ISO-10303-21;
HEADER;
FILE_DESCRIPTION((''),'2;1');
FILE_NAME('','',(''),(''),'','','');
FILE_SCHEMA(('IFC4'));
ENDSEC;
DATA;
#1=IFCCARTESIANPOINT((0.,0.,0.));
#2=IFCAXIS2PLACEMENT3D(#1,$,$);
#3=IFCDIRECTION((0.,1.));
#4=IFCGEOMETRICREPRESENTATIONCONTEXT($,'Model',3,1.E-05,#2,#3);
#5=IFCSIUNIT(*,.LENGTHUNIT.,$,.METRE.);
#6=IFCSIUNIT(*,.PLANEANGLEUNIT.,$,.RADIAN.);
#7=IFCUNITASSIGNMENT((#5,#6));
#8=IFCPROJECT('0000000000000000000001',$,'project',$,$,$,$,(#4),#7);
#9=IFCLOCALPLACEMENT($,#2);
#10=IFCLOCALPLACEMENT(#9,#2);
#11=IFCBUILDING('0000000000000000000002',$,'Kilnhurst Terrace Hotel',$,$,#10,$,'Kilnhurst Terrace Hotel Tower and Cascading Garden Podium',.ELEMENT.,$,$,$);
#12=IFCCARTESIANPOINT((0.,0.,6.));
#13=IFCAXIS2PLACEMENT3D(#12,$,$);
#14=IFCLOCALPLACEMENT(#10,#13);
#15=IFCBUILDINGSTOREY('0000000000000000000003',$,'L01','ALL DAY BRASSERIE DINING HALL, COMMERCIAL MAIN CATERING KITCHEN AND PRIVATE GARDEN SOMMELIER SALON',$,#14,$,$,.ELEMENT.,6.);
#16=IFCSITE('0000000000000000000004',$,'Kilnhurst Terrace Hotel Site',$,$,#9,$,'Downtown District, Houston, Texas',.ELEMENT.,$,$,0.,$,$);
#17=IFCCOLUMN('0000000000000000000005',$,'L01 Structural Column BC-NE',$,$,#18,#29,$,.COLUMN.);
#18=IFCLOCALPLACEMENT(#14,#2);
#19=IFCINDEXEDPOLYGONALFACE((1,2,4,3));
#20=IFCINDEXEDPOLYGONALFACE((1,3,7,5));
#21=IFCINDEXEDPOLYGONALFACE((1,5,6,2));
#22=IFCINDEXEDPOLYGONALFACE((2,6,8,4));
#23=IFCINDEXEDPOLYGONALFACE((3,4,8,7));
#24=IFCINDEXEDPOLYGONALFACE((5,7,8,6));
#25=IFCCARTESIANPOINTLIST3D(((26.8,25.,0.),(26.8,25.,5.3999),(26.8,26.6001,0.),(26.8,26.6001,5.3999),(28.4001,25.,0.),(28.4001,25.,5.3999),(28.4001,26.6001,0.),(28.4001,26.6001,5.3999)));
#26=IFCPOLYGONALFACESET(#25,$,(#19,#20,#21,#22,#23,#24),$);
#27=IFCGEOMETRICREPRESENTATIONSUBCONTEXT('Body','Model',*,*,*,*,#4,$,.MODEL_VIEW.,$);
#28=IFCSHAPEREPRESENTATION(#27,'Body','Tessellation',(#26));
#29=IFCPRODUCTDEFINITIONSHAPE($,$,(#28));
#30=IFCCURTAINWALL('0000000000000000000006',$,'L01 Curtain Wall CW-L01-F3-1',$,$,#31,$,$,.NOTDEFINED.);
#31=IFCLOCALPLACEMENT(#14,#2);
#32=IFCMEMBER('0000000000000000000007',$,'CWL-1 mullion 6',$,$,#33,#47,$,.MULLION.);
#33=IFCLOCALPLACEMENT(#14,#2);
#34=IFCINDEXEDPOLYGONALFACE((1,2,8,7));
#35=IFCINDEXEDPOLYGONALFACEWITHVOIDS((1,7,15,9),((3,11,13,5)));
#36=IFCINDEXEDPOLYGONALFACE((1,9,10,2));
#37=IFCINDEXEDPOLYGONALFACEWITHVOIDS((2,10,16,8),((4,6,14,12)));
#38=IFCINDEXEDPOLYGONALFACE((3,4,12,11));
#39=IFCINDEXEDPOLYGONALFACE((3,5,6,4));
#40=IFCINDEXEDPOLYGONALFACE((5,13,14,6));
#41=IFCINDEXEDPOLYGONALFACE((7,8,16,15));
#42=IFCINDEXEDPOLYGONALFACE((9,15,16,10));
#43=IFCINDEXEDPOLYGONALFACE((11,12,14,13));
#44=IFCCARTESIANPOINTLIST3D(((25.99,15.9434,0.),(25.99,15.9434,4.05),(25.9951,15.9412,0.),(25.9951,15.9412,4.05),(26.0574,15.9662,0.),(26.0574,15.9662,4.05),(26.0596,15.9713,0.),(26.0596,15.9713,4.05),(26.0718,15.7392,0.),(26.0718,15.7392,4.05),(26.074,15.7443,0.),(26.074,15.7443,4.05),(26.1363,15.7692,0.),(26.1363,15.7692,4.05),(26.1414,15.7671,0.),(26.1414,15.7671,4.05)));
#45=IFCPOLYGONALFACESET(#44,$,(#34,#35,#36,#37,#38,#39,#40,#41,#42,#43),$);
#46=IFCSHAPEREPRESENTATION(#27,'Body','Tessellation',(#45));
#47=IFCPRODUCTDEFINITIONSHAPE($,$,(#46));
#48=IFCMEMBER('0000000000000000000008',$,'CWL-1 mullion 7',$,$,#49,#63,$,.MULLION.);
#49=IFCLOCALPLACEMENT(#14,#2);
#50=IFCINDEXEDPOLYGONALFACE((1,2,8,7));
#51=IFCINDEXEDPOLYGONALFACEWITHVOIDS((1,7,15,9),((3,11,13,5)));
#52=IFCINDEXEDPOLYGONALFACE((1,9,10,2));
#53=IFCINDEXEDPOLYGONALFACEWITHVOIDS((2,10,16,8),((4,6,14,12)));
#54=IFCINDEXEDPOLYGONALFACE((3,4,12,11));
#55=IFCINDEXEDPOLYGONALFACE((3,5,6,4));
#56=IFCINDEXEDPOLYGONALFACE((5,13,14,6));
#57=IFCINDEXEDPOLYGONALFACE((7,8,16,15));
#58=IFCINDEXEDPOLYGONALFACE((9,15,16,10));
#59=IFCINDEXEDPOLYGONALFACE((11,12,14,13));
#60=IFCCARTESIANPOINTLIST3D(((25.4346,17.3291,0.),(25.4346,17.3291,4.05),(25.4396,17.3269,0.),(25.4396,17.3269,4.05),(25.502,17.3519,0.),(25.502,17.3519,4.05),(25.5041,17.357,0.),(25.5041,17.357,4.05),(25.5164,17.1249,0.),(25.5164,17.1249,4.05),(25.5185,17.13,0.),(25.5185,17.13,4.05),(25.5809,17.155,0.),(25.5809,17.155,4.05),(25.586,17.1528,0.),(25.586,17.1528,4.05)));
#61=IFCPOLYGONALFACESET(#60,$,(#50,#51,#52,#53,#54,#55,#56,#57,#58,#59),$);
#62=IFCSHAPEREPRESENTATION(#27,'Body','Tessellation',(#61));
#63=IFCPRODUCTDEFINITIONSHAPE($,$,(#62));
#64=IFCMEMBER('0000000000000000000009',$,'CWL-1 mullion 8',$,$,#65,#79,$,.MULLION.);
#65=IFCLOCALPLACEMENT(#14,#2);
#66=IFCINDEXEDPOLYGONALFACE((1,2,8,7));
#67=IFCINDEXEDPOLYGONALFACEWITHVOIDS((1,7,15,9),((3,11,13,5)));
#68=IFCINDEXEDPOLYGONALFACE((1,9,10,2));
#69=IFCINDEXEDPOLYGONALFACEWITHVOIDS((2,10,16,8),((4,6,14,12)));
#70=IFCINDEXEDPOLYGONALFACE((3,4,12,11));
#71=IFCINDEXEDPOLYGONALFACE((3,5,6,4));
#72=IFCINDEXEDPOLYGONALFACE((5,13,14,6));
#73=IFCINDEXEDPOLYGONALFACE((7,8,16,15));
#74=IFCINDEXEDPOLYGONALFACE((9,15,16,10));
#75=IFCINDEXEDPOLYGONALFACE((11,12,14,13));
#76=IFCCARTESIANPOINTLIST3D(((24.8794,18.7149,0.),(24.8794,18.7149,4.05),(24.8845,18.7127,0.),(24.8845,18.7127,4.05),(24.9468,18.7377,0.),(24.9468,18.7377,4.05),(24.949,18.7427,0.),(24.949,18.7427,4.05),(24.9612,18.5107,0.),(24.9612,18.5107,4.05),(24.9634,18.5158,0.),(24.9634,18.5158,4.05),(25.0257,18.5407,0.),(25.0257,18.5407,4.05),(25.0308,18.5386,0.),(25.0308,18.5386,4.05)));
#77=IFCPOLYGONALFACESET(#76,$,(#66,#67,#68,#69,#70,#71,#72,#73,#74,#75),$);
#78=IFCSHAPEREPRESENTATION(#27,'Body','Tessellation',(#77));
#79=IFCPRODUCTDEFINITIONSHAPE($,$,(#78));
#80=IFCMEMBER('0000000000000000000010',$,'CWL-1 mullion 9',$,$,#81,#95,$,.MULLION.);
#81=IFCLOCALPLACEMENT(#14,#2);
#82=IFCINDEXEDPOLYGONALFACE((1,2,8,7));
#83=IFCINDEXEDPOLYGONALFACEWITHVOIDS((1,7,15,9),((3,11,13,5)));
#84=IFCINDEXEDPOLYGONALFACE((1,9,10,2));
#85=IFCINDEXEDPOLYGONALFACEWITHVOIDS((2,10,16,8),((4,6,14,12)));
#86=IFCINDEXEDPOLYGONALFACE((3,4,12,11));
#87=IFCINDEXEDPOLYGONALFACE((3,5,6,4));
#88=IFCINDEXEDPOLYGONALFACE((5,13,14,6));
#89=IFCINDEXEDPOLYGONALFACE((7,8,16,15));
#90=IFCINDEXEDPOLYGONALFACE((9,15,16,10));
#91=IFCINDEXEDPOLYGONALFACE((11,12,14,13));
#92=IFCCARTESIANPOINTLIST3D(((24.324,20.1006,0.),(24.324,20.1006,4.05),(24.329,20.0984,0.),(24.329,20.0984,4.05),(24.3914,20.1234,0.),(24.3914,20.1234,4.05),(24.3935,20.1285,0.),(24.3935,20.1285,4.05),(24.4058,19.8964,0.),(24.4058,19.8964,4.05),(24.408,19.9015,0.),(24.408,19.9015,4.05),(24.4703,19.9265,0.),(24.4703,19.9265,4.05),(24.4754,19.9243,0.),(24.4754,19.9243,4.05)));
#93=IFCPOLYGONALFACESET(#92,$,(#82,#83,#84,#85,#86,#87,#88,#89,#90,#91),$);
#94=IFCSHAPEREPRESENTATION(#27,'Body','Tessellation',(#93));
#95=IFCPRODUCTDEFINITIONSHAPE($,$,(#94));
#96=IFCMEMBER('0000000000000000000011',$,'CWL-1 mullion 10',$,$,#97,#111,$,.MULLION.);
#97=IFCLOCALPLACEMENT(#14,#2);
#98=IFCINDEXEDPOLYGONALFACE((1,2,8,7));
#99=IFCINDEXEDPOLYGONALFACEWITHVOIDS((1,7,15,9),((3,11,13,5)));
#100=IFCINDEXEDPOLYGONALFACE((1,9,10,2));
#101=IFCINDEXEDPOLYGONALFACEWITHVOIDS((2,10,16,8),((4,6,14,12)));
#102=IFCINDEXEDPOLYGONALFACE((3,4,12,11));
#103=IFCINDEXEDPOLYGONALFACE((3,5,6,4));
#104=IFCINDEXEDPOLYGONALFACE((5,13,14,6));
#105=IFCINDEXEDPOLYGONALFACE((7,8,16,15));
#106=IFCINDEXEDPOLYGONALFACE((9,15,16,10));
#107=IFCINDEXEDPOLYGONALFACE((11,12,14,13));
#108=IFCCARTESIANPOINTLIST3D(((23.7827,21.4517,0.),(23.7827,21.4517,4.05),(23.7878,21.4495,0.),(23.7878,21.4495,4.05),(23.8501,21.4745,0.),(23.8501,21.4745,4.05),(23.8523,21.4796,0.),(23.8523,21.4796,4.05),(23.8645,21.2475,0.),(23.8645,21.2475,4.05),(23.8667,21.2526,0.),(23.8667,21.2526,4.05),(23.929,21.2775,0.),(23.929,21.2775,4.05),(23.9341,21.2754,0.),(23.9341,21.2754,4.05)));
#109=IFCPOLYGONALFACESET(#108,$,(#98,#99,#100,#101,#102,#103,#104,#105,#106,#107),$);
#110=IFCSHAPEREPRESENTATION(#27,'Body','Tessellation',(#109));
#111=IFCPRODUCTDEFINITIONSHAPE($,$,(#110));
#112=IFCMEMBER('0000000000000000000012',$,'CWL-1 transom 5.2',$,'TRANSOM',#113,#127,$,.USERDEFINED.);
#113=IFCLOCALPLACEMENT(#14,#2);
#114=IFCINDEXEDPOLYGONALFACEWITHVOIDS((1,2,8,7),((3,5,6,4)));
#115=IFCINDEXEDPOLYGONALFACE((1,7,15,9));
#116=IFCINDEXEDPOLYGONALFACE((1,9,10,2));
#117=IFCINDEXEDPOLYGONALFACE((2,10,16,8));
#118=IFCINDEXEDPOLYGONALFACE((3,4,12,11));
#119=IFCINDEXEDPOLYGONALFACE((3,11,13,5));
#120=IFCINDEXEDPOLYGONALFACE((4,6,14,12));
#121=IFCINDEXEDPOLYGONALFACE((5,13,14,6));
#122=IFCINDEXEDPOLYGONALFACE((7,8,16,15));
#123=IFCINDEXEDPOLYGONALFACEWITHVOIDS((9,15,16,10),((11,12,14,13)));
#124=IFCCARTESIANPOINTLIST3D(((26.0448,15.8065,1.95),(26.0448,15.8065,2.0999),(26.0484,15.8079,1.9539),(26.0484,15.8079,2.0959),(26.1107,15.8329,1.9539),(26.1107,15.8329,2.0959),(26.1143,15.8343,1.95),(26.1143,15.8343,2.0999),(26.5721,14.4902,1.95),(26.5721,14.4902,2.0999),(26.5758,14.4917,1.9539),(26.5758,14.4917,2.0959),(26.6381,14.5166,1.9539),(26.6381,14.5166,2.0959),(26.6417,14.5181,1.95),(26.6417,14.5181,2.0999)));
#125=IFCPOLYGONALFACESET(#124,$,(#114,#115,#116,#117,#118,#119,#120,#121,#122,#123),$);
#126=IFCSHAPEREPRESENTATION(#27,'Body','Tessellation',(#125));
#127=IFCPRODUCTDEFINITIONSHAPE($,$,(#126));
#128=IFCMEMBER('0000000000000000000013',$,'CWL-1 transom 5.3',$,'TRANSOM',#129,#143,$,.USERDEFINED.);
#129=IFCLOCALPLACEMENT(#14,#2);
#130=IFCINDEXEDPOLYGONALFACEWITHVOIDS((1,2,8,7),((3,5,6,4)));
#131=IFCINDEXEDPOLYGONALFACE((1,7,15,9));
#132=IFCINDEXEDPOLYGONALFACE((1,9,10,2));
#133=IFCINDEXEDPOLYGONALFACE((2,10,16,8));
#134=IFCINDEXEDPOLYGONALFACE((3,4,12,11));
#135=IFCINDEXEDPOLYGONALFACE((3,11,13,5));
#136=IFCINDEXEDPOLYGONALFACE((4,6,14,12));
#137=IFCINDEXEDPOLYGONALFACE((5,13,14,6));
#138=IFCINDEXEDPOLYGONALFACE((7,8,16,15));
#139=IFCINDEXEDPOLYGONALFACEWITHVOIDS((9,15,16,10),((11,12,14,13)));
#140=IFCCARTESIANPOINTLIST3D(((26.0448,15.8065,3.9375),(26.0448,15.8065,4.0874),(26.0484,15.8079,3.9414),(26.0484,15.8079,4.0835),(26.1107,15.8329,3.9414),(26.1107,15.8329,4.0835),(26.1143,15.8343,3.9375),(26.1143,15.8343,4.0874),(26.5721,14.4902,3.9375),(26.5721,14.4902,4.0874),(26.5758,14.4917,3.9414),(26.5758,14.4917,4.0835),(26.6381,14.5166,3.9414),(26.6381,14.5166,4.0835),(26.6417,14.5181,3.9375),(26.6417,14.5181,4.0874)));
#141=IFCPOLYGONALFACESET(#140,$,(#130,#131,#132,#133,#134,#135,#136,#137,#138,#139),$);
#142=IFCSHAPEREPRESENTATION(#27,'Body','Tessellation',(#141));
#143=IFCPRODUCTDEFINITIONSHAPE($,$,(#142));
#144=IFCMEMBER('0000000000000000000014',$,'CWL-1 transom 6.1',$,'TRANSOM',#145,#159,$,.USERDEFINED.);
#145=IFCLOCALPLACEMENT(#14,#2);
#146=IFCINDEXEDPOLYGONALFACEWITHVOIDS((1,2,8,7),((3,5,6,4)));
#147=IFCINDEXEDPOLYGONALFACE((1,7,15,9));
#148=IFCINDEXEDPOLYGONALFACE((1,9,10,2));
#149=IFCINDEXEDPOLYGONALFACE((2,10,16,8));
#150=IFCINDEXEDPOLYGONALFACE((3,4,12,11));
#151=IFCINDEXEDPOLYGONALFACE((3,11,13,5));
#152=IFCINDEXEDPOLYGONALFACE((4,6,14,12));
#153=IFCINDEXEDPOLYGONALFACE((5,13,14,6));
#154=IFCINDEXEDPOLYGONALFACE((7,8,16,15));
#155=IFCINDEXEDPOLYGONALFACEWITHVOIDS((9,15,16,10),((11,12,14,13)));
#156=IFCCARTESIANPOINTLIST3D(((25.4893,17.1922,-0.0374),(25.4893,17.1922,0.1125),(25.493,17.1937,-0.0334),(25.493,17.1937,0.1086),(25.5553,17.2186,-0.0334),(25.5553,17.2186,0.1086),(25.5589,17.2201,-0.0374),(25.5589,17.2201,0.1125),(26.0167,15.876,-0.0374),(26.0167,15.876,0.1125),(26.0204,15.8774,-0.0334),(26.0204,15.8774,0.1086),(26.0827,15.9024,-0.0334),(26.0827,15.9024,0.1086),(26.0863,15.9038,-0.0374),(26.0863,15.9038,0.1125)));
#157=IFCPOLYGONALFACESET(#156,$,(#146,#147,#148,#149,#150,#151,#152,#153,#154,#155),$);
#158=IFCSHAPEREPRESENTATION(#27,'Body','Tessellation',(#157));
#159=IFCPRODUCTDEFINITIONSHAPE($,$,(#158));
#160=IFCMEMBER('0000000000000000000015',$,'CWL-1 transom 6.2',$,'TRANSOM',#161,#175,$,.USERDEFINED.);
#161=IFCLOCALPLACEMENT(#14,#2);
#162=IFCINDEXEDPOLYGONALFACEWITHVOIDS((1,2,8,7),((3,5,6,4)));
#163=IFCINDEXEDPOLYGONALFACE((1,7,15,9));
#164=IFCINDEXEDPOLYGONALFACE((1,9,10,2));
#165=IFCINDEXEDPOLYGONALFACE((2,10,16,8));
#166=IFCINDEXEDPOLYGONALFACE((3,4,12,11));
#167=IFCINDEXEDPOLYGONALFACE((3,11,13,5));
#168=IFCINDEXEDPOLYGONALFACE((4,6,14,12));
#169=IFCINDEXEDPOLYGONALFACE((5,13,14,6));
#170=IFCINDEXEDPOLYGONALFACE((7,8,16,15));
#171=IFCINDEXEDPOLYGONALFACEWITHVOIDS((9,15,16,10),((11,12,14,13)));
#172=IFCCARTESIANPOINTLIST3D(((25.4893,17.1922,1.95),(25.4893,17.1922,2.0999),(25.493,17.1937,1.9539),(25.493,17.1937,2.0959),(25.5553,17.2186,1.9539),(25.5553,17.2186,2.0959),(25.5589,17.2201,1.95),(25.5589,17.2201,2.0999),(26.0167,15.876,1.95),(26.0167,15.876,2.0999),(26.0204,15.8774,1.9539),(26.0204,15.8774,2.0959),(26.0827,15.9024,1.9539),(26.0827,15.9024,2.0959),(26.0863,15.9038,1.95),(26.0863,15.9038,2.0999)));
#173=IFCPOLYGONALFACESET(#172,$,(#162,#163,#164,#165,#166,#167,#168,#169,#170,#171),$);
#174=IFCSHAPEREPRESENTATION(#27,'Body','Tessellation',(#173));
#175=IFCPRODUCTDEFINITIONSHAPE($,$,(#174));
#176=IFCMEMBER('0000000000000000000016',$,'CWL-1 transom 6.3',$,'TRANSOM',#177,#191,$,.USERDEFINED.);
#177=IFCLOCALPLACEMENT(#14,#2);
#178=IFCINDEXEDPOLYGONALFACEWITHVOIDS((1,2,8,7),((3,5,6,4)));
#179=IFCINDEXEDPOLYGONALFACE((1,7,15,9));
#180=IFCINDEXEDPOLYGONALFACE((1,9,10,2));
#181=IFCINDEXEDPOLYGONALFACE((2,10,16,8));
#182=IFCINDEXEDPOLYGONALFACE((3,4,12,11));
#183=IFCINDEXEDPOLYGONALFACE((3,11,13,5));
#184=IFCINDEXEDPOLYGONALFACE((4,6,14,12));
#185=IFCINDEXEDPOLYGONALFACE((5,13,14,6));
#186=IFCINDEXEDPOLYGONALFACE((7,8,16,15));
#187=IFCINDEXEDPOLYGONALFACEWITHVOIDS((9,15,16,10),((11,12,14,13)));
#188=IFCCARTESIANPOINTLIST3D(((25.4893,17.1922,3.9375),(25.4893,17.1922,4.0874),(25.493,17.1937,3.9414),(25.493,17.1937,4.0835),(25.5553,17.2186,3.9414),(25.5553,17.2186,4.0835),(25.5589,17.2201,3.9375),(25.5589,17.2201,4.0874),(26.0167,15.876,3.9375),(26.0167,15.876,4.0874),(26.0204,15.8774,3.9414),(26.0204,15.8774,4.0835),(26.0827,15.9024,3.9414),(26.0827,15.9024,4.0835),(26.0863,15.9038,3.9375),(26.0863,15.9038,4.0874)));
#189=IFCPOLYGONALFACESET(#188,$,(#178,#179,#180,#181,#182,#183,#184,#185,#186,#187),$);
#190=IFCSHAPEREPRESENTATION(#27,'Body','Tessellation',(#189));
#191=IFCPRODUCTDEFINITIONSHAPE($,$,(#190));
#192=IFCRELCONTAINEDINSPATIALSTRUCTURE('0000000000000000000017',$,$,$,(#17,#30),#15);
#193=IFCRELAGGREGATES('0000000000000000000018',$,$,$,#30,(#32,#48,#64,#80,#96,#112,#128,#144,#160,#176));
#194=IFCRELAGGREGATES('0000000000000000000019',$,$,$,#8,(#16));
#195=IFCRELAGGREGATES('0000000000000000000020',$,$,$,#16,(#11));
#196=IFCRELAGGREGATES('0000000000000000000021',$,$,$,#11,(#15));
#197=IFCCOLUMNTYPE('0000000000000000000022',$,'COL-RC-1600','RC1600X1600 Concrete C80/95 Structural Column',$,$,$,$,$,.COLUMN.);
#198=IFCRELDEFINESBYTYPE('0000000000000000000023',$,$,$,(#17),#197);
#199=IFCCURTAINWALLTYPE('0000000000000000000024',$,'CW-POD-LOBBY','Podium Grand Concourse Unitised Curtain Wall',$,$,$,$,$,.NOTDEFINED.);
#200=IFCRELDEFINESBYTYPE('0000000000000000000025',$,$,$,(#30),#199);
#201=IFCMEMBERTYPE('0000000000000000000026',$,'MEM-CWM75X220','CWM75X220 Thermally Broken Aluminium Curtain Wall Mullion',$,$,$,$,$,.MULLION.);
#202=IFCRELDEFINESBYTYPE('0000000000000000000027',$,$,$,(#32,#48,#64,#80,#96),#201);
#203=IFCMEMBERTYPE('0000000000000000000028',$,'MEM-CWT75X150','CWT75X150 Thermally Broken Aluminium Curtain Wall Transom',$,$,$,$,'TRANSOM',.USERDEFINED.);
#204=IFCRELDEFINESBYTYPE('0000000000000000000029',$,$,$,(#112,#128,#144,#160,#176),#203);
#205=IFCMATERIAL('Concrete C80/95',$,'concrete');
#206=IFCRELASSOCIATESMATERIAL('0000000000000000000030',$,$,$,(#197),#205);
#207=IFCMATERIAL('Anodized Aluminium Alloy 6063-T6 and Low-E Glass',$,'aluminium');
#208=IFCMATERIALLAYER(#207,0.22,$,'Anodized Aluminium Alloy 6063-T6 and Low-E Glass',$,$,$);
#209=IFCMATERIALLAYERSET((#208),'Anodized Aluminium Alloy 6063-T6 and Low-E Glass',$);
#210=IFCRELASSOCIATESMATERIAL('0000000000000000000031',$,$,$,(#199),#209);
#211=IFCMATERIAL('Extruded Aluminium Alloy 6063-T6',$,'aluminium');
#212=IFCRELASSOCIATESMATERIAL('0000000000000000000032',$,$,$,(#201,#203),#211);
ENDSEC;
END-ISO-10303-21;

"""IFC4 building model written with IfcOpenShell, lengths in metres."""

from ifc_helpers import new_model, si_unit, direction, frame, origin, origin_2d, place, context, subcontext, project, spatial, rectangle, hollow_rectangle, extrude, material, layer, layer_set, material_profile, profile_set, type_object, element, aggregate, save


model = new_model("IFC4")

# Units and contexts
model_context = context("Model", 3, precision=1e-05, world=origin(), true_north=direction((0.0, 1.0)))
body_context = subcontext(model_context, "Body", "Model", "MODEL_VIEW")
ifc_project = project(units=[si_unit("LENGTHUNIT", "METRE"), si_unit("PLANEANGLEUNIT", "RADIAN")], contexts=[model_context])

# Site, building, storey
site_placement = place(None, origin())
site = spatial("IfcSite", under=ifc_project, at=site_placement, Name="Kilnhurst Terrace Hotel Site", LongName="Downtown District, Houston, Texas", CompositionType="ELEMENT", RefElevation=0.0)
building_placement = place(site_placement, origin())
building = spatial("IfcBuilding", under=site, at=building_placement, Name="Kilnhurst Terrace Hotel", LongName="Kilnhurst Terrace Hotel Tower and Cascading Garden Podium", CompositionType="ELEMENT")
storey_placement = place(building_placement, frame((0.0, 0.0, 6.0)))
storey = spatial("IfcBuildingStorey", under=building, at=storey_placement, Name="L01", Description="ALL DAY BRASSERIE DINING HALL, COMMERCIAL MAIN CATERING KITCHEN AND PRIVATE GARDEN SOMMELIER SALON", CompositionType="ELEMENT", Elevation=6.0)

# Column
ifc_material_1 = material(Name="Concrete C80/95", Category="concrete")
ifc_material_profile_1 = material_profile(ifc_material_1, rectangle(XDim=1.6001, YDim=1.6001, at=origin_2d()), Name="RC1600X1600")
ifc_profile_set_1 = profile_set([ifc_material_profile_1], Name="Concrete C80/95")
column_type = type_object("IfcColumnType", Name="COL-RC-1600", Description="RC1600X1600 Concrete C80/95 Structural Column", PredefinedType="COLUMN", material=ifc_profile_set_1)
column_placement = place(storey_placement, frame((27.6001, 25.8, 0.0), z_axis=(0.0, 0.0, 1.0), x_axis=(1.0, 0.0, 0.0)))
element("IfcColumn", 1, at=column_placement, inside=storey, type_object=column_type, Name="L01 Structural Column BC-NE", PredefinedType="COLUMN", context=body_context, shape_type="SweptSolid", body=[
    extrude(rectangle(XDim=1.6001, YDim=1.6001, at=origin_2d()), origin(), (0.0, 0.0, 1.0), 5.3999),
])

# Curtain wall, members
ifc_material_2 = material(Name="Anodized Aluminium Alloy 6063-T6 and Low-E Glass", Category="aluminium")
ifc_layer_1 = layer(ifc_material_2, 0.22, Name="Anodized Aluminium Alloy 6063-T6 and Low-E Glass")
ifc_layer_set_1 = layer_set([ifc_layer_1], Name="Anodized Aluminium Alloy 6063-T6 and Low-E Glass")
curtain_wall_type = type_object("IfcCurtainWallType", Name="CW-POD-LOBBY", Description="Podium Grand Concourse Unitised Curtain Wall", PredefinedType="NOTDEFINED", material=ifc_layer_set_1)
curtain_wall_placement = place(storey_placement, origin())
curtain_wall = element("IfcCurtainWall", 2, at=curtain_wall_placement, inside=storey, type_object=curtain_wall_type, Name="L01 Curtain Wall CW-L01-F3-1", PredefinedType="NOTDEFINED")
ifc_material_3 = material(Name="Extruded Aluminium Alloy 6063-T6", Category="aluminium")
ifc_material_profile_2 = material_profile(ifc_material_3, hollow_rectangle(XDim=0.075, YDim=0.22, WallThickness=0.0039, at=origin_2d()), Name="CWM75X220")
ifc_profile_set_2 = profile_set([ifc_material_profile_2], Name="Extruded Aluminium Alloy 6063-T6")
member_type_1 = type_object("IfcMemberType", Name="MEM-CWM75X220", Description="CWM75X220 Thermally Broken Aluminium Curtain Wall Mullion", PredefinedType="MULLION", material=ifc_profile_set_2)
member_1_placement = place(storey_placement, frame((26.0657, 15.8552, 0.0), z_axis=(0.0, 0.0, 1.0), x_axis=(-0.928251, -0.371955, 0.0)))
member_1 = element("IfcMember", 3, at=member_1_placement, type_object=member_type_1, Name="CWL-1 mullion 6", PredefinedType="MULLION", context=body_context, shape_type="SweptSolid", body=[
    extrude(hollow_rectangle(XDim=0.075, YDim=0.22, WallThickness=0.0039, at=origin_2d()), origin(), (0.0, 0.0, 1.0), 4.05),
])
member_2_placement = place(storey_placement, frame((25.5103, 17.241, 0.0), z_axis=(0.0, 0.0, 1.0), x_axis=(-0.928251, -0.371955, 0.0)))
member_2 = element("IfcMember", 4, at=member_2_placement, type_object=member_type_1, Name="CWL-1 mullion 7", PredefinedType="MULLION", context=body_context, shape_type="SweptSolid", body=[
    extrude(hollow_rectangle(XDim=0.075, YDim=0.22, WallThickness=0.0039, at=origin_2d()), origin(), (0.0, 0.0, 1.0), 4.05),
])
member_3_placement = place(storey_placement, frame((24.9551, 18.6267, 0.0), z_axis=(0.0, 0.0, 1.0), x_axis=(-0.928251, -0.371955, 0.0)))
member_3 = element("IfcMember", 5, at=member_3_placement, type_object=member_type_1, Name="CWL-1 mullion 8", PredefinedType="MULLION", context=body_context, shape_type="SweptSolid", body=[
    extrude(hollow_rectangle(XDim=0.075, YDim=0.22, WallThickness=0.0039, at=origin_2d()), origin(), (0.0, 0.0, 1.0), 4.05),
])
member_4_placement = place(storey_placement, frame((24.3997, 20.0125, 0.0), z_axis=(0.0, 0.0, 1.0), x_axis=(-0.928251, -0.371955, 0.0)))
member_4 = element("IfcMember", 6, at=member_4_placement, type_object=member_type_1, Name="CWL-1 mullion 9", PredefinedType="MULLION", context=body_context, shape_type="SweptSolid", body=[
    extrude(hollow_rectangle(XDim=0.075, YDim=0.22, WallThickness=0.0039, at=origin_2d()), origin(), (0.0, 0.0, 1.0), 4.05),
])
member_5_placement = place(storey_placement, frame((23.8584, 21.3635, 0.0), z_axis=(0.0, 0.0, 1.0), x_axis=(-0.928251, -0.371955, 0.0)))
member_5 = element("IfcMember", 7, at=member_5_placement, type_object=member_type_1, Name="CWL-1 mullion 10", PredefinedType="MULLION", context=body_context, shape_type="SweptSolid", body=[
    extrude(hollow_rectangle(XDim=0.075, YDim=0.22, WallThickness=0.0039, at=origin_2d()), origin(), (0.0, 0.0, 1.0), 4.05),
])
ifc_material_profile_3 = material_profile(ifc_material_3, hollow_rectangle(XDim=0.075, YDim=0.1499, WallThickness=0.0039, at=origin_2d()), Name="CWT75X150")
ifc_profile_set_3 = profile_set([ifc_material_profile_3], Name="Extruded Aluminium Alloy 6063-T6")
member_type_2 = type_object("IfcMemberType", Name="MEM-CWT75X150", Description="CWT75X150 Thermally Broken Aluminium Curtain Wall Transom", ElementType="TRANSOM", PredefinedType="USERDEFINED", material=ifc_profile_set_3)
member_6_placement = place(storey_placement, frame((26.6069, 14.5042, 2.0249), z_axis=(-0.371925, 0.928263, 0.0), x_axis=(-0.928263, -0.371925, 0.0)))
member_6 = element("IfcMember", 8, at=member_6_placement, type_object=member_type_2, Name="CWL-1 transom 5.2", ObjectType="TRANSOM", PredefinedType="USERDEFINED", context=body_context, shape_type="SweptSolid", body=[
    extrude(hollow_rectangle(XDim=0.075, YDim=0.1499, WallThickness=0.0039, at=origin_2d()), origin(), (0.0, 0.0, 1.0), 1.418),
])
member_7_placement = place(storey_placement, frame((26.6069, 14.5042, 4.0125), z_axis=(-0.371925, 0.928263, 0.0), x_axis=(-0.928263, -0.371925, 0.0)))
member_7 = element("IfcMember", 9, at=member_7_placement, type_object=member_type_2, Name="CWL-1 transom 5.3", ObjectType="TRANSOM", PredefinedType="USERDEFINED", context=body_context, shape_type="SweptSolid", body=[
    extrude(hollow_rectangle(XDim=0.075, YDim=0.1499, WallThickness=0.0039, at=origin_2d()), origin(), (0.0, 0.0, 1.0), 1.418),
])
member_8_placement = place(storey_placement, frame((26.0515, 15.8899, 0.0376), z_axis=(-0.371925, 0.928263, 0.0), x_axis=(-0.928263, -0.371925, 0.0)))
member_8 = element("IfcMember", 10, at=member_8_placement, type_object=member_type_2, Name="CWL-1 transom 6.1", ObjectType="TRANSOM", PredefinedType="USERDEFINED", context=body_context, shape_type="SweptSolid", body=[
    extrude(hollow_rectangle(XDim=0.075, YDim=0.1499, WallThickness=0.0039, at=origin_2d()), origin(), (0.0, 0.0, 1.0), 1.418),
])
member_9_placement = place(storey_placement, frame((26.0515, 15.8899, 2.0249), z_axis=(-0.371925, 0.928263, 0.0), x_axis=(-0.928263, -0.371925, 0.0)))
member_9 = element("IfcMember", 11, at=member_9_placement, type_object=member_type_2, Name="CWL-1 transom 6.2", ObjectType="TRANSOM", PredefinedType="USERDEFINED", context=body_context, shape_type="SweptSolid", body=[
    extrude(hollow_rectangle(XDim=0.075, YDim=0.1499, WallThickness=0.0039, at=origin_2d()), origin(), (0.0, 0.0, 1.0), 1.418),
])
member_10_placement = place(storey_placement, frame((26.0515, 15.8899, 4.0125), z_axis=(-0.371925, 0.928263, 0.0), x_axis=(-0.928263, -0.371925, 0.0)))
member_10 = element("IfcMember", 12, at=member_10_placement, type_object=member_type_2, Name="CWL-1 transom 6.3", ObjectType="TRANSOM", PredefinedType="USERDEFINED", context=body_context, shape_type="SweptSolid", body=[
    extrude(hollow_rectangle(XDim=0.075, YDim=0.1499, WallThickness=0.0039, at=origin_2d()), origin(), (0.0, 0.0, 1.0), 1.418),
])

aggregate(curtain_wall, [member_1, member_2, member_3, member_4, member_5, member_6, member_7, member_8, member_9, member_10])

save(model, "model.ifc")
